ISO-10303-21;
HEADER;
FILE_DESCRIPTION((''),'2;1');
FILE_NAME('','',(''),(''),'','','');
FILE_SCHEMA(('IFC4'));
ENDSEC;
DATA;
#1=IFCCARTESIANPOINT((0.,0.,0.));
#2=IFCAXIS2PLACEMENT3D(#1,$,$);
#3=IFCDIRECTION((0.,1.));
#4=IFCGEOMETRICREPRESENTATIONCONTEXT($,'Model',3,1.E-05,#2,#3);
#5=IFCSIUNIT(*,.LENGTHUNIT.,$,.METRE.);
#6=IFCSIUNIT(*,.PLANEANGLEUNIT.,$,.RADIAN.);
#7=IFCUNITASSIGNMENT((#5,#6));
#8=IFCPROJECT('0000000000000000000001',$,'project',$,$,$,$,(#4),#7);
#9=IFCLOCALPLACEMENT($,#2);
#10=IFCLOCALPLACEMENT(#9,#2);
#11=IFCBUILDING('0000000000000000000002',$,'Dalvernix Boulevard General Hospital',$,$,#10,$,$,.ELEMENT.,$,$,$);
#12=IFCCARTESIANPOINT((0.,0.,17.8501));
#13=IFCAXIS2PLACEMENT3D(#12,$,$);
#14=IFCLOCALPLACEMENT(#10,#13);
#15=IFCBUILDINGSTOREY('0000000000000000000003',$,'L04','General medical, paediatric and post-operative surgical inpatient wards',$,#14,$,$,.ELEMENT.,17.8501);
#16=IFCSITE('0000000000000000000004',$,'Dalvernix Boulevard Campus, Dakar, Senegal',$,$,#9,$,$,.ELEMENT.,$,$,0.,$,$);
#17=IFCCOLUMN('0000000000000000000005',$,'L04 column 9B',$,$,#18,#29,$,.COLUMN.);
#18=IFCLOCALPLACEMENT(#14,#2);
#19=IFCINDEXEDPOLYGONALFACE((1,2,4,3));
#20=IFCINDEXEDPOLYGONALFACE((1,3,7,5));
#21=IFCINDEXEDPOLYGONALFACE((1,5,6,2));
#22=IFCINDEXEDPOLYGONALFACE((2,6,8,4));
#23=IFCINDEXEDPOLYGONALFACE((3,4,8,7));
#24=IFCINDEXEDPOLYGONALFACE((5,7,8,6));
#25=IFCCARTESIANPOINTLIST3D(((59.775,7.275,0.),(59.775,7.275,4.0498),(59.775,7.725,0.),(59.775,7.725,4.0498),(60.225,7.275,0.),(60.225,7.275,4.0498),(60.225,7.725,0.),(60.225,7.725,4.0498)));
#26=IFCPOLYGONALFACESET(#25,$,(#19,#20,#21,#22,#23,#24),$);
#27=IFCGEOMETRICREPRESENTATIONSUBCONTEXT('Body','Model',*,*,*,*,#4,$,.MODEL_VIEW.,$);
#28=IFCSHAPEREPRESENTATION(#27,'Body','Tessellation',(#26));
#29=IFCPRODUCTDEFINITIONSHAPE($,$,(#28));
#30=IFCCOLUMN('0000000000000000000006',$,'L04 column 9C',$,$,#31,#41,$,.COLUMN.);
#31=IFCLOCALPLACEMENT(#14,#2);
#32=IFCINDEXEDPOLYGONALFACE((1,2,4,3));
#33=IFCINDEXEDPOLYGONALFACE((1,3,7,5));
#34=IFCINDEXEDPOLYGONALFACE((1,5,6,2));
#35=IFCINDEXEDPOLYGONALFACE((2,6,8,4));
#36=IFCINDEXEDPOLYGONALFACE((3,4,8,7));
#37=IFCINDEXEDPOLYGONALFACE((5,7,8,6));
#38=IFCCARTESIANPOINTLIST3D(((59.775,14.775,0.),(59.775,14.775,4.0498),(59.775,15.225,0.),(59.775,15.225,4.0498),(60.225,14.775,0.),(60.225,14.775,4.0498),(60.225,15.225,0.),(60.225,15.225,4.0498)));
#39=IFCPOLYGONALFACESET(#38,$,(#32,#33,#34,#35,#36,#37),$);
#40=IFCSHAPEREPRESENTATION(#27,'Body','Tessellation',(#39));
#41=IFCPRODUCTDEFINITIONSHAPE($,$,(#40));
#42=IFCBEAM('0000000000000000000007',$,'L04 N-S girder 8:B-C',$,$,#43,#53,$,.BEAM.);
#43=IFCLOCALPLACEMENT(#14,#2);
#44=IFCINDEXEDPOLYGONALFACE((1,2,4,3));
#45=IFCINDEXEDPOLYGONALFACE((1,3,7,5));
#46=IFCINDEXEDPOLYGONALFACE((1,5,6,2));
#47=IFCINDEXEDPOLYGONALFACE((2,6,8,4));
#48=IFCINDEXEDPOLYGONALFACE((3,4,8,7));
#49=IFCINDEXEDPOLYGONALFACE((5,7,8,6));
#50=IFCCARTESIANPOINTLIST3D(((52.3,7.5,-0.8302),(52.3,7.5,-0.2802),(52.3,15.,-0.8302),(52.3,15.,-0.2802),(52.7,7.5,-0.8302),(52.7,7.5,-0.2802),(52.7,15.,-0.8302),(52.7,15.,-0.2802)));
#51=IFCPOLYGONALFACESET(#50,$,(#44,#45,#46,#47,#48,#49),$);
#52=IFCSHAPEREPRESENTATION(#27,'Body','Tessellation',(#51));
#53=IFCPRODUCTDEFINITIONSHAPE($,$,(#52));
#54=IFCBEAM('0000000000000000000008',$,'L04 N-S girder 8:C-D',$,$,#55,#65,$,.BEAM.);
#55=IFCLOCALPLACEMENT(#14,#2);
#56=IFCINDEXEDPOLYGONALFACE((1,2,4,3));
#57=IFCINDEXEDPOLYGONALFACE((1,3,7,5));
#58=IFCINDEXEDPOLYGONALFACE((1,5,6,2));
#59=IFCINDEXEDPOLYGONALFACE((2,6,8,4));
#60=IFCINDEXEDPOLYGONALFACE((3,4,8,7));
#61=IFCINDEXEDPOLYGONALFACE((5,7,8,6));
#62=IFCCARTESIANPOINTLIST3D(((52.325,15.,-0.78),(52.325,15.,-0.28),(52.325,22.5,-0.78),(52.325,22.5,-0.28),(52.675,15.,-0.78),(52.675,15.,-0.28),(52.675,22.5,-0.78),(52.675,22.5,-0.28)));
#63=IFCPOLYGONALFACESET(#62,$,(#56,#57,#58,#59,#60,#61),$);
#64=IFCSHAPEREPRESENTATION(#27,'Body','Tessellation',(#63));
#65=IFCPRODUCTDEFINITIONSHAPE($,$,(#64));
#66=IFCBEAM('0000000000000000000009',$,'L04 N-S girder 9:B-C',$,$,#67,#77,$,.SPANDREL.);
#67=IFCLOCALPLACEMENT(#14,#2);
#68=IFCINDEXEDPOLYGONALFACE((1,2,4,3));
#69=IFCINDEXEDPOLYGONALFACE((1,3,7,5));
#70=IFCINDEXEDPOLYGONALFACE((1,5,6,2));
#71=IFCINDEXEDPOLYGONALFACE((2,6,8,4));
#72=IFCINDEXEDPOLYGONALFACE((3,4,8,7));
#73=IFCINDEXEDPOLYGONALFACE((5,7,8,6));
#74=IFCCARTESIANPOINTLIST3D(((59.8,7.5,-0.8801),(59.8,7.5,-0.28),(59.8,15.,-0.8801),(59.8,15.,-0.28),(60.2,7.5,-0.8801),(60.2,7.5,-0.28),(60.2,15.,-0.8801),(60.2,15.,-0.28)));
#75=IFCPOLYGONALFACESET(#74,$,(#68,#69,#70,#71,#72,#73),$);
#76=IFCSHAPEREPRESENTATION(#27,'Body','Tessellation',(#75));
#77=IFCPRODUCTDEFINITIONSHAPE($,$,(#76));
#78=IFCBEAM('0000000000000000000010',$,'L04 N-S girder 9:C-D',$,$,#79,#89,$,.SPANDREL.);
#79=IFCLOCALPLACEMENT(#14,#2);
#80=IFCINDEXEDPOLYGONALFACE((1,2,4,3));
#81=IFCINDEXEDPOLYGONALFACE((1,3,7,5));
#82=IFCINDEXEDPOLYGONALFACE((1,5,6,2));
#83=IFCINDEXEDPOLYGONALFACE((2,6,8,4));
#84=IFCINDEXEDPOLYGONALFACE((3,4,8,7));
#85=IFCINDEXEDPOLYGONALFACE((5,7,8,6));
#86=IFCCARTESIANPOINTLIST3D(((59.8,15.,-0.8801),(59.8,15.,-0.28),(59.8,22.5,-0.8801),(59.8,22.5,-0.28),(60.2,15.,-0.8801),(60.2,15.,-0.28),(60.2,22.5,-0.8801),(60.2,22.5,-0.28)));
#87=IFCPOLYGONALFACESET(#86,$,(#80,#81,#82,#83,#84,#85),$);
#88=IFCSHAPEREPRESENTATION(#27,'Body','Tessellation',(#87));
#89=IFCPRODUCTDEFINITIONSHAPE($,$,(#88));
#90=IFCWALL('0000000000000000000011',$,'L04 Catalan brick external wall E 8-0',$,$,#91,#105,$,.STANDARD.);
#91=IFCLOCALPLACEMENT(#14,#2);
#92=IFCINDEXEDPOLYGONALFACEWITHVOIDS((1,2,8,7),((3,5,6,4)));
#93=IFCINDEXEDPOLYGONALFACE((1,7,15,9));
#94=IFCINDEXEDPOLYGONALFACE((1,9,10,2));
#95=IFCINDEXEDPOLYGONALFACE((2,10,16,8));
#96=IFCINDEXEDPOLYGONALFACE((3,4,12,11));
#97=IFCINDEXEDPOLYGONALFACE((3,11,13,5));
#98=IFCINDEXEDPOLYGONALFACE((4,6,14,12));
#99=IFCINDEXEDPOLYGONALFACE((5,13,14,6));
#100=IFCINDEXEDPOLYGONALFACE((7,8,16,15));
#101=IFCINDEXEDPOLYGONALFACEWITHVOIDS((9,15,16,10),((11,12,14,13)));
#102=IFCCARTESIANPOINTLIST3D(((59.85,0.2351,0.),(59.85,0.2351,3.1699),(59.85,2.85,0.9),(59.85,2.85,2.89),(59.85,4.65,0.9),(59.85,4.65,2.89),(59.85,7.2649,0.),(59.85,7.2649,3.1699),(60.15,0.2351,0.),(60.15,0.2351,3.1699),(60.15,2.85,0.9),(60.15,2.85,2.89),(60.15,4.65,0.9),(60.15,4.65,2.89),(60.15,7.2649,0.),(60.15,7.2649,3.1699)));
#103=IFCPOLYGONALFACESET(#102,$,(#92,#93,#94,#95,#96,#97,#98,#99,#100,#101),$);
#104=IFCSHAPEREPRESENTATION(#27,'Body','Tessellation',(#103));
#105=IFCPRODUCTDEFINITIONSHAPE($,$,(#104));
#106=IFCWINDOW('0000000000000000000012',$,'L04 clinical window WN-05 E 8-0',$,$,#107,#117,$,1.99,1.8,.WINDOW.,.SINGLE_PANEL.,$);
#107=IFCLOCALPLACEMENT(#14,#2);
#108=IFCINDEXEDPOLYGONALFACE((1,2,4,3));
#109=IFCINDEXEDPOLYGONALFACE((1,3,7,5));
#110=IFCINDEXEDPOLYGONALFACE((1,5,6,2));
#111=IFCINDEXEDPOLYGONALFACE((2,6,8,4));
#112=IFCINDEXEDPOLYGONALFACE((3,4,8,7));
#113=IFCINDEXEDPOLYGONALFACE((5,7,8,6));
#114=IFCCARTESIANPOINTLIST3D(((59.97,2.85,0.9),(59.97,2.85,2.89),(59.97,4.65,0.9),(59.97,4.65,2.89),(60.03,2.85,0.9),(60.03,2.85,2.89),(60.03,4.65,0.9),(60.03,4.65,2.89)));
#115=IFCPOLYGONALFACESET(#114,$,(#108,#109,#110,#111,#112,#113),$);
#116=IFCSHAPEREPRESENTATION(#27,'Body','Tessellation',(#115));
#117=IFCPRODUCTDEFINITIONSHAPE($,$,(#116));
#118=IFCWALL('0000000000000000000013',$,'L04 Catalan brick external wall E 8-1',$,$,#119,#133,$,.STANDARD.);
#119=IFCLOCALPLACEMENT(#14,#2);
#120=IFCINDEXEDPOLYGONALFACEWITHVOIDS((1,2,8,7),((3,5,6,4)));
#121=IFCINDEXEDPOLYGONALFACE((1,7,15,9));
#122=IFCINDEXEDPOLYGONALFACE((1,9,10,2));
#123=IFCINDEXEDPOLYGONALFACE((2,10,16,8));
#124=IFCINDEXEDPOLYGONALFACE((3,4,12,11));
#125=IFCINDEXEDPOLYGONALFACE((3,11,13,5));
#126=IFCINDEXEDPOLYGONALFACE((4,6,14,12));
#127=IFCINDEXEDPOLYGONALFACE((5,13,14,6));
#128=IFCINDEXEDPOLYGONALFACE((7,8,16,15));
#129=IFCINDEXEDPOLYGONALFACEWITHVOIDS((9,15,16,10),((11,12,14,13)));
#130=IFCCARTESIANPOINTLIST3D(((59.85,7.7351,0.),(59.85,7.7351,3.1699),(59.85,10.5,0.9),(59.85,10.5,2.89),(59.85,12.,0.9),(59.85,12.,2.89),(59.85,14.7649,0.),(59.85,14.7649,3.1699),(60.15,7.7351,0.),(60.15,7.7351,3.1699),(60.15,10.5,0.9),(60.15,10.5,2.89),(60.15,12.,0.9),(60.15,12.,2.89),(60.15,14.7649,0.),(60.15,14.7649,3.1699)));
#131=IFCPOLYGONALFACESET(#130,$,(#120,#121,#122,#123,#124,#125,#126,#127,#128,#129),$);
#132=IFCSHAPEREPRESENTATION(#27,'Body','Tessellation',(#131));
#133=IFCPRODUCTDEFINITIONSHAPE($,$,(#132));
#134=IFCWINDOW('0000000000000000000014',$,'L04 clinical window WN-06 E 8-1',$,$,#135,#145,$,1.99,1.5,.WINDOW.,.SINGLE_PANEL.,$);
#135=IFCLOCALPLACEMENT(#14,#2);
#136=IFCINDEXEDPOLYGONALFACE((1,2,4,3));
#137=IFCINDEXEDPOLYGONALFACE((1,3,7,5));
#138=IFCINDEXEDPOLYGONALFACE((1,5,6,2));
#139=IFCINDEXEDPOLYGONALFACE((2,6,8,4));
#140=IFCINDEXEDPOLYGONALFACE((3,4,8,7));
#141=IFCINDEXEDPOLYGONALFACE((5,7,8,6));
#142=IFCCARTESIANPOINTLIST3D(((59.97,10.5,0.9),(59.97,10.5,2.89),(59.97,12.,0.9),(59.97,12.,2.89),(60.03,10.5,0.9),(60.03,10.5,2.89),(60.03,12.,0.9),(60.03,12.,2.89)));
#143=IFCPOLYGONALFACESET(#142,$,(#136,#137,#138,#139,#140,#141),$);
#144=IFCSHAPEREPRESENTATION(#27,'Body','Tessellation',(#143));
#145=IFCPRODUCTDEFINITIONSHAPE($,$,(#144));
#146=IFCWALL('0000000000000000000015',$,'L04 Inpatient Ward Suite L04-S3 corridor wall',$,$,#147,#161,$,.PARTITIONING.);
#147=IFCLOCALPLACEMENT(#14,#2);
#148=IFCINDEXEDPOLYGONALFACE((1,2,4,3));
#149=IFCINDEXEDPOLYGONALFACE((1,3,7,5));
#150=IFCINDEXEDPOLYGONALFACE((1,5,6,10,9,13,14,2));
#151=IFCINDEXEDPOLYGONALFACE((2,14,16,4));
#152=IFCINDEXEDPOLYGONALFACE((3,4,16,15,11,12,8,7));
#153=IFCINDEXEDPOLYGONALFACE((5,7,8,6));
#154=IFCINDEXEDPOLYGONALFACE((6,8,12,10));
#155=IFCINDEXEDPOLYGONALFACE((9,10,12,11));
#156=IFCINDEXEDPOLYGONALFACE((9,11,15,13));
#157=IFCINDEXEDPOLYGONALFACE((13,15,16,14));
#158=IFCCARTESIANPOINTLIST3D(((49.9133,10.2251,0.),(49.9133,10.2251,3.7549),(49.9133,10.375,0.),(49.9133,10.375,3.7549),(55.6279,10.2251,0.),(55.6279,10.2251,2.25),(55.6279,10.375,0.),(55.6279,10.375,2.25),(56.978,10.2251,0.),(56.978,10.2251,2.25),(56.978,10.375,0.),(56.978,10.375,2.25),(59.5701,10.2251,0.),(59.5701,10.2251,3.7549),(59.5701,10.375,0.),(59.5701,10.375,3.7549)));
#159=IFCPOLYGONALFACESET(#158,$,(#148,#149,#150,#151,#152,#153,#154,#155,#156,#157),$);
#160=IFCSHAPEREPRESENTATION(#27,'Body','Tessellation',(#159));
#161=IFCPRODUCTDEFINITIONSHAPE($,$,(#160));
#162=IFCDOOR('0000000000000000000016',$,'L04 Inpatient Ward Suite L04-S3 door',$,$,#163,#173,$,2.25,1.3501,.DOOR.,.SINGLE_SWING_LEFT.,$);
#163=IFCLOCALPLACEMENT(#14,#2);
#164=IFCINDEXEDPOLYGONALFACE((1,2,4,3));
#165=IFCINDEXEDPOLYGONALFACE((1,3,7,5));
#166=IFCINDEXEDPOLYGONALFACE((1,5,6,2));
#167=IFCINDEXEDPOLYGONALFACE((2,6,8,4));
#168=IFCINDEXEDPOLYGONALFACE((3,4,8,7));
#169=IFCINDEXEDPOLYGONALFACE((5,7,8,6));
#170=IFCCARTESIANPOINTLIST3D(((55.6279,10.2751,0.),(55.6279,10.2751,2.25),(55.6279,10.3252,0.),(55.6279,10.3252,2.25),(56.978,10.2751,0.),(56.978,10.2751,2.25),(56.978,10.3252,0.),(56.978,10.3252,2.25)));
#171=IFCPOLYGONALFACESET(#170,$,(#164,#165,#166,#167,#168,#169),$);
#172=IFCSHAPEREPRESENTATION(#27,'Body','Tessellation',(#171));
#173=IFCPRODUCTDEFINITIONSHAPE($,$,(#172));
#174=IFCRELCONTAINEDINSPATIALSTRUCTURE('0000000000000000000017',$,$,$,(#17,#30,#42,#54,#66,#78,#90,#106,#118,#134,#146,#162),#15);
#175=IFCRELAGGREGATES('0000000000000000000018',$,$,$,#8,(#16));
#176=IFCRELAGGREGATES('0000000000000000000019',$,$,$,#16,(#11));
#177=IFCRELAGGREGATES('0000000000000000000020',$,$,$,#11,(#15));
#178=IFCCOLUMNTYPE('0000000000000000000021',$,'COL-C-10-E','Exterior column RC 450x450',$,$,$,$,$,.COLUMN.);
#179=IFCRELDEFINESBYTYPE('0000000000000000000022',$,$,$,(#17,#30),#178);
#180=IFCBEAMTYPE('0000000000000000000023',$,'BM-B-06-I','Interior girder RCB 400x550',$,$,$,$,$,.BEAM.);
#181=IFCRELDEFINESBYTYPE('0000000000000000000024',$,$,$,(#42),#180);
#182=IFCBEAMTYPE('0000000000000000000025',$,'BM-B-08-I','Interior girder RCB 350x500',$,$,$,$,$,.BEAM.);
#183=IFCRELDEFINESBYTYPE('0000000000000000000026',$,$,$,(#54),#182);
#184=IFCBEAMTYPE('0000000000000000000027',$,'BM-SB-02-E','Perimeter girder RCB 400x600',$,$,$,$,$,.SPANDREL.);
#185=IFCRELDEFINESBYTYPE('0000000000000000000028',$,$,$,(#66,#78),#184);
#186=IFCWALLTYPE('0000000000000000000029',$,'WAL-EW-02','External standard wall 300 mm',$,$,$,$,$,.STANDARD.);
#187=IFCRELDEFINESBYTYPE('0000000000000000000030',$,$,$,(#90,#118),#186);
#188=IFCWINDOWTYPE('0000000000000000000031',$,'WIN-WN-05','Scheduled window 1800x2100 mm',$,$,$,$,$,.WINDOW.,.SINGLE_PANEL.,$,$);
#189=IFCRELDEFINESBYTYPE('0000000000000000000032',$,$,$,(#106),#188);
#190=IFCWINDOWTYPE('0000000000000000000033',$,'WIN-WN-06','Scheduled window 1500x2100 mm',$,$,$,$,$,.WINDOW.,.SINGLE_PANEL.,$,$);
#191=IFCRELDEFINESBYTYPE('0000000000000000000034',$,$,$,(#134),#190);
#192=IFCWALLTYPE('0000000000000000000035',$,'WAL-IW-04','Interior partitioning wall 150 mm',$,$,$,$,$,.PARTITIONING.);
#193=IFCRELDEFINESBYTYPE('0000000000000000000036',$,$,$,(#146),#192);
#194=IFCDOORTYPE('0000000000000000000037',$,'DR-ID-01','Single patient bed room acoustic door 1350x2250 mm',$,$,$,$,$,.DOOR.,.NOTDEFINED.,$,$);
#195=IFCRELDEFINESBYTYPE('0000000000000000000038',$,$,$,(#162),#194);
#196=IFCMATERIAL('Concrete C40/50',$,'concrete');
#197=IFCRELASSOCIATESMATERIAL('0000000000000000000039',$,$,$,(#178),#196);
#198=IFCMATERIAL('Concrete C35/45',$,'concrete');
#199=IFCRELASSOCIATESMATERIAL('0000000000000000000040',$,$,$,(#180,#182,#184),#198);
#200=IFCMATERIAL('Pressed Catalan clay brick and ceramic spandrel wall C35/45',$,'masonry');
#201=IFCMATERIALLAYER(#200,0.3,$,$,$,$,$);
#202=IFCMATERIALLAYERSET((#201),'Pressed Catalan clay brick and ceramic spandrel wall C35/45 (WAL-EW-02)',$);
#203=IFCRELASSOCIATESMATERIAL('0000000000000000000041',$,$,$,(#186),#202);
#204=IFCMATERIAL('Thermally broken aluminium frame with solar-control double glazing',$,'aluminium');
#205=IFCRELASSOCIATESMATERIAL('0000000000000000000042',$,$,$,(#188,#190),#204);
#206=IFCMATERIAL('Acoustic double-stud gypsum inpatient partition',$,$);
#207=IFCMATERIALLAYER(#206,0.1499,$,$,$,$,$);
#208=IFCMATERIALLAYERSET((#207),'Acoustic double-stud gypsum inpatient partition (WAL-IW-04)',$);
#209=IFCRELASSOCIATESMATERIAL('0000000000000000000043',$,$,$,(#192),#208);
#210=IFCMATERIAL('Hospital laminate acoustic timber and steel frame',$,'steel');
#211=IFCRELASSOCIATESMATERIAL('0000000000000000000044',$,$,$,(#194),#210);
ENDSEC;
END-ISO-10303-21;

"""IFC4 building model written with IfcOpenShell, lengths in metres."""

from ifc_helpers import new_model, si_unit, direction, frame, frame_2d, origin, origin_2d, place, context, subcontext, project, spatial, rectangle, extrude, material, layer, layer_set, material_profile, profile_set, type_object, element, fill, save


model = new_model("IFC4")

# Units and contexts
model_context = context("Model", 3, precision=1e-05, world=origin(), true_north=direction((0.0, 1.0)))
body_context = subcontext(model_context, "Body", "Model", "MODEL_VIEW")
ifc_project = project(units=[si_unit("LENGTHUNIT", "METRE"), si_unit("PLANEANGLEUNIT", "RADIAN")], contexts=[model_context])

# Site, building, storey
site_placement = place(None, origin())
site = spatial("IfcSite", under=ifc_project, at=site_placement, Name="Dalvernix Boulevard Campus, Dakar, Senegal", CompositionType="ELEMENT", RefElevation=0.0)
building_placement = place(site_placement, origin())
building = spatial("IfcBuilding", under=site, at=building_placement, Name="Dalvernix Boulevard General Hospital", CompositionType="ELEMENT")
storey_placement = place(building_placement, frame((0.0, 0.0, 17.8501)))
storey = spatial("IfcBuildingStorey", under=building, at=storey_placement, Name="L04", Description="General medical, paediatric and post-operative surgical inpatient wards", CompositionType="ELEMENT", Elevation=17.8501)

# Columns
ifc_material_1 = material(Name="Concrete C40/50", Category="concrete")
ifc_material_profile_1 = material_profile(ifc_material_1, rectangle(XDim=0.45, YDim=0.45, at=origin_2d()), Name="RC 450x450")
ifc_profile_set_1 = profile_set([ifc_material_profile_1], Name="Concrete C40/50")
column_type = type_object("IfcColumnType", Name="COL-C-10-E", Description="Exterior column RC 450x450", PredefinedType="COLUMN", material=ifc_profile_set_1)
for number, where, z_axis, x_axis, name in (
    (1, (60.0, 7.5, 0.0), (0.0, 0.0, 1.0), (1.0, 0.0, 0.0), "L04 column 9B"),
    (2, (60.0, 15.0, 0.0), (0.0, 0.0, 1.0), (1.0, 0.0, 0.0), "L04 column 9C"),
):
    element("IfcColumn", number, at=place(storey_placement, frame(where, z_axis=z_axis, x_axis=x_axis)), inside=storey, type_object=column_type, Name=name, PredefinedType="COLUMN", context=body_context, shape_type="SweptSolid", body=[
        extrude(rectangle(XDim=0.45, YDim=0.45, at=origin_2d()), origin(), (0.0, 0.0, 1.0), 4.0498),
    ])

# Beams
ifc_material_2 = material(Name="Concrete C35/45", Category="concrete")
ifc_material_profile_2 = material_profile(ifc_material_2, rectangle(XDim=0.3999, YDim=0.55, at=origin_2d()), Name="RCB 400x550")
ifc_profile_set_2 = profile_set([ifc_material_profile_2], Name="Concrete C35/45")
beam_type_1 = type_object("IfcBeamType", Name="BM-B-06-I", Description="Interior girder RCB 400x550", PredefinedType="BEAM", material=ifc_profile_set_2)
beam_1_placement = place(storey_placement, frame((52.5, 7.5, -0.5552), z_axis=(0.0, 1.0, 0.0), x_axis=(-1.0, 0.0, 0.0)))
element("IfcBeam", 3, at=beam_1_placement, inside=storey, type_object=beam_type_1, Name="L04 N-S girder 8:B-C", PredefinedType="BEAM", context=body_context, shape_type="SweptSolid", body=[
    extrude(rectangle(XDim=0.3999, YDim=0.55, at=origin_2d()), origin(), (0.0, 0.0, 1.0), 7.5),
])
ifc_material_profile_3 = material_profile(ifc_material_2, rectangle(XDim=0.3501, YDim=0.5, at=origin_2d()), Name="RCB 350x500")
ifc_profile_set_3 = profile_set([ifc_material_profile_3], Name="Concrete C35/45")
beam_type_2 = type_object("IfcBeamType", Name="BM-B-08-I", Description="Interior girder RCB 350x500", PredefinedType="BEAM", material=ifc_profile_set_3)
beam_2_placement = place(storey_placement, frame((52.5, 15.0, -0.53), z_axis=(0.0, 1.0, 0.0), x_axis=(-1.0, 0.0, 0.0)))
element("IfcBeam", 4, at=beam_2_placement, inside=storey, type_object=beam_type_2, Name="L04 N-S girder 8:C-D", PredefinedType="BEAM", context=body_context, shape_type="SweptSolid", body=[
    extrude(rectangle(XDim=0.3501, YDim=0.5, at=origin_2d()), origin(), (0.0, 0.0, 1.0), 7.5),
])
ifc_material_profile_4 = material_profile(ifc_material_2, rectangle(XDim=0.3999, YDim=0.6001, at=origin_2d()), Name="RCB 400x600")
ifc_profile_set_4 = profile_set([ifc_material_profile_4], Name="Concrete C35/45")
beam_type_3 = type_object("IfcBeamType", Name="BM-SB-02-E", Description="Perimeter girder RCB 400x600", PredefinedType="SPANDREL", material=ifc_profile_set_4)
for number, where, z_axis, x_axis, name in (
    (5, (60.0, 7.5, -0.5801), (0.0, 1.0, 0.0), (-1.0, 0.0, 0.0), "L04 N-S girder 9:B-C"),
    (6, (60.0, 15.0, -0.5801), (0.0, 1.0, 0.0), (-1.0, 0.0, 0.0), "L04 N-S girder 9:C-D"),
):
    element("IfcBeam", number, at=place(storey_placement, frame(where, z_axis=z_axis, x_axis=x_axis)), inside=storey, type_object=beam_type_3, Name=name, PredefinedType="SPANDREL", context=body_context, shape_type="SweptSolid", body=[
        extrude(rectangle(XDim=0.3999, YDim=0.6001, at=origin_2d()), origin(), (0.0, 0.0, 1.0), 7.5),
    ])

# Walls, openings, windows
ifc_material_3 = material(Name="Pressed Catalan clay brick and ceramic spandrel wall C35/45", Category="masonry")
ifc_layer_1 = layer(ifc_material_3, 0.3)
ifc_layer_set_1 = layer_set([ifc_layer_1], Name="Pressed Catalan clay brick and ceramic spandrel wall C35/45 (WAL-EW-02)")
wall_type_1 = type_object("IfcWallType", Name="WAL-EW-02", Description="External standard wall 300 mm", PredefinedType="STANDARD", material=ifc_layer_set_1)
wall_1_placement = place(storey_placement, frame((60.0, 7.2649, 0.0), z_axis=(0.0, 0.0, 1.0), x_axis=(0.0, -1.0, 0.0)))
wall_1 = element("IfcWall", 7, at=wall_1_placement, inside=storey, type_object=wall_type_1, Name="L04 Catalan brick external wall E 8-0", PredefinedType="STANDARD", context=body_context, shape_type="SweptSolid", body=[
    extrude(rectangle(XDim=7.0298, YDim=0.3, at=frame_2d((3.5149, 0.0))), origin(), (0.0, 0.0, 1.0), 3.1699),
])
opening_1_placement = place(wall_1_placement, frame((2.615, 0.0, 0.8999)))
opening_1 = element("IfcOpeningElement", 8, at=opening_1_placement, cuts=wall_1, PredefinedType="OPENING", context=body_context, shape_type="SweptSolid", body=[
    extrude(rectangle(XDim=1.8, YDim=1.99, at=frame_2d((0.8999, 0.9951))), frame((0.0, 0.1599, 0.0), z_axis=(0.0, -1.0, 0.0), x_axis=(1.0, 0.0, 0.0)), (0.0, 0.0, 1.0), 0.3201),
])
ifc_material_4 = material(Name="Thermally broken aluminium frame with solar-control double glazing", Category="aluminium")
window_type_1 = type_object("IfcWindowType", Name="WIN-WN-05", Description="Scheduled window 1800x2100 mm", PartitioningType="SINGLE_PANEL", PredefinedType="WINDOW", material=ifc_material_4)
window_1_placement = place(opening_1_placement, origin())
window_1 = element("IfcWindow", 9, at=window_1_placement, inside=storey, type_object=window_type_1, Name="L04 clinical window WN-05 E 8-0", OverallHeight=1.99, OverallWidth=1.8, PartitioningType="SINGLE_PANEL", PredefinedType="WINDOW", context=body_context, shape_type="SweptSolid", body=[
    extrude(rectangle(XDim=1.8, YDim=1.99, at=frame_2d((0.8999, 0.9951))), frame((0.0, 0.03, 0.0), z_axis=(0.0, -1.0, 0.0), x_axis=(1.0, 0.0, 0.0)), (0.0, 0.0, 1.0), 0.0601),
])
fill(opening_1, window_1)
wall_2_placement = place(storey_placement, frame((60.0, 14.7649, 0.0), z_axis=(0.0, 0.0, 1.0), x_axis=(0.0, -1.0, 0.0)))
wall_2 = element("IfcWall", 10, at=wall_2_placement, inside=storey, type_object=wall_type_1, Name="L04 Catalan brick external wall E 8-1", PredefinedType="STANDARD", context=body_context, shape_type="SweptSolid", body=[
    extrude(rectangle(XDim=7.0298, YDim=0.3, at=frame_2d((3.5149, 0.0))), origin(), (0.0, 0.0, 1.0), 3.1699),
])
opening_2_placement = place(wall_2_placement, frame((2.7649, 0.0, 0.8999)))
opening_2 = element("IfcOpeningElement", 11, at=opening_2_placement, cuts=wall_2, PredefinedType="OPENING", context=body_context, shape_type="SweptSolid", body=[
    extrude(rectangle(XDim=1.5, YDim=1.99, at=frame_2d((0.75, 0.9951))), frame((0.0, 0.1599, 0.0), z_axis=(0.0, -1.0, 0.0), x_axis=(1.0, 0.0, 0.0)), (0.0, 0.0, 1.0), 0.3201),
])
window_type_2 = type_object("IfcWindowType", Name="WIN-WN-06", Description="Scheduled window 1500x2100 mm", PartitioningType="SINGLE_PANEL", PredefinedType="WINDOW", material=ifc_material_4)
window_2_placement = place(opening_2_placement, origin())
window_2 = element("IfcWindow", 12, at=window_2_placement, inside=storey, type_object=window_type_2, Name="L04 clinical window WN-06 E 8-1", OverallHeight=1.99, OverallWidth=1.5, PartitioningType="SINGLE_PANEL", PredefinedType="WINDOW", context=body_context, shape_type="SweptSolid", body=[
    extrude(rectangle(XDim=1.5, YDim=1.99, at=frame_2d((0.75, 0.9951))), frame((0.0, 0.03, 0.0), z_axis=(0.0, -1.0, 0.0), x_axis=(1.0, 0.0, 0.0)), (0.0, 0.0, 1.0), 0.0601),
])
fill(opening_2, window_2)

# Wall, opening, door
ifc_material_5 = material(Name="Acoustic double-stud gypsum inpatient partition")
ifc_layer_2 = layer(ifc_material_5, 0.1499)
ifc_layer_set_2 = layer_set([ifc_layer_2], Name="Acoustic double-stud gypsum inpatient partition (WAL-IW-04)")
wall_type_2 = type_object("IfcWallType", Name="WAL-IW-04", Description="Interior partitioning wall 150 mm", PredefinedType="PARTITIONING", material=ifc_layer_set_2)
wall_3_placement = place(storey_placement, frame((59.5701, 10.3, 0.0), z_axis=(0.0, 0.0, 1.0), x_axis=(-1.0, 0.0, 0.0)))
wall_3 = element("IfcWall", 13, at=wall_3_placement, inside=storey, type_object=wall_type_2, Name="L04 Inpatient Ward Suite L04-S3 corridor wall", PredefinedType="PARTITIONING", context=body_context, shape_type="SweptSolid", body=[
    extrude(rectangle(XDim=9.6567, YDim=0.1499, at=frame_2d((4.8284, 0.0))), origin(), (0.0, 0.0, 1.0), 3.7549),
])
opening_3_placement = place(wall_3_placement, frame((2.592, 0.0, 0.0)))
opening_3 = element("IfcOpeningElement", 14, at=opening_3_placement, cuts=wall_3, PredefinedType="OPENING", context=body_context, shape_type="SweptSolid", body=[
    extrude(rectangle(XDim=1.3501, YDim=2.25, at=frame_2d((0.675, 1.125))), frame((0.0, 0.085, 0.0), z_axis=(0.0, -1.0, 0.0), x_axis=(1.0, 0.0, 0.0)), (0.0, 0.0, 1.0), 0.1699),
])
ifc_material_6 = material(Name="Hospital laminate acoustic timber and steel frame", Category="steel")
door_type = type_object("IfcDoorType", Name="DR-ID-01", Description="Single patient bed room acoustic door 1350x2250 mm", OperationType="NOTDEFINED", PredefinedType="DOOR", material=ifc_material_6)
door_placement = place(opening_3_placement, origin())
door = element("IfcDoor", 15, at=door_placement, inside=storey, type_object=door_type, Name="L04 Inpatient Ward Suite L04-S3 door", OperationType="SINGLE_SWING_LEFT", OverallHeight=2.25, OverallWidth=1.3501, PredefinedType="DOOR", context=body_context, shape_type="SweptSolid", body=[
    extrude(rectangle(XDim=1.3501, YDim=2.25, at=frame_2d((0.675, 1.125))), frame((0.0, 0.0249, 0.0), z_axis=(0.0, -1.0, 0.0), x_axis=(1.0, 0.0, 0.0)), (0.0, 0.0, 1.0), 0.05),
])
fill(opening_3, door)

save(model, "model.ifc")
